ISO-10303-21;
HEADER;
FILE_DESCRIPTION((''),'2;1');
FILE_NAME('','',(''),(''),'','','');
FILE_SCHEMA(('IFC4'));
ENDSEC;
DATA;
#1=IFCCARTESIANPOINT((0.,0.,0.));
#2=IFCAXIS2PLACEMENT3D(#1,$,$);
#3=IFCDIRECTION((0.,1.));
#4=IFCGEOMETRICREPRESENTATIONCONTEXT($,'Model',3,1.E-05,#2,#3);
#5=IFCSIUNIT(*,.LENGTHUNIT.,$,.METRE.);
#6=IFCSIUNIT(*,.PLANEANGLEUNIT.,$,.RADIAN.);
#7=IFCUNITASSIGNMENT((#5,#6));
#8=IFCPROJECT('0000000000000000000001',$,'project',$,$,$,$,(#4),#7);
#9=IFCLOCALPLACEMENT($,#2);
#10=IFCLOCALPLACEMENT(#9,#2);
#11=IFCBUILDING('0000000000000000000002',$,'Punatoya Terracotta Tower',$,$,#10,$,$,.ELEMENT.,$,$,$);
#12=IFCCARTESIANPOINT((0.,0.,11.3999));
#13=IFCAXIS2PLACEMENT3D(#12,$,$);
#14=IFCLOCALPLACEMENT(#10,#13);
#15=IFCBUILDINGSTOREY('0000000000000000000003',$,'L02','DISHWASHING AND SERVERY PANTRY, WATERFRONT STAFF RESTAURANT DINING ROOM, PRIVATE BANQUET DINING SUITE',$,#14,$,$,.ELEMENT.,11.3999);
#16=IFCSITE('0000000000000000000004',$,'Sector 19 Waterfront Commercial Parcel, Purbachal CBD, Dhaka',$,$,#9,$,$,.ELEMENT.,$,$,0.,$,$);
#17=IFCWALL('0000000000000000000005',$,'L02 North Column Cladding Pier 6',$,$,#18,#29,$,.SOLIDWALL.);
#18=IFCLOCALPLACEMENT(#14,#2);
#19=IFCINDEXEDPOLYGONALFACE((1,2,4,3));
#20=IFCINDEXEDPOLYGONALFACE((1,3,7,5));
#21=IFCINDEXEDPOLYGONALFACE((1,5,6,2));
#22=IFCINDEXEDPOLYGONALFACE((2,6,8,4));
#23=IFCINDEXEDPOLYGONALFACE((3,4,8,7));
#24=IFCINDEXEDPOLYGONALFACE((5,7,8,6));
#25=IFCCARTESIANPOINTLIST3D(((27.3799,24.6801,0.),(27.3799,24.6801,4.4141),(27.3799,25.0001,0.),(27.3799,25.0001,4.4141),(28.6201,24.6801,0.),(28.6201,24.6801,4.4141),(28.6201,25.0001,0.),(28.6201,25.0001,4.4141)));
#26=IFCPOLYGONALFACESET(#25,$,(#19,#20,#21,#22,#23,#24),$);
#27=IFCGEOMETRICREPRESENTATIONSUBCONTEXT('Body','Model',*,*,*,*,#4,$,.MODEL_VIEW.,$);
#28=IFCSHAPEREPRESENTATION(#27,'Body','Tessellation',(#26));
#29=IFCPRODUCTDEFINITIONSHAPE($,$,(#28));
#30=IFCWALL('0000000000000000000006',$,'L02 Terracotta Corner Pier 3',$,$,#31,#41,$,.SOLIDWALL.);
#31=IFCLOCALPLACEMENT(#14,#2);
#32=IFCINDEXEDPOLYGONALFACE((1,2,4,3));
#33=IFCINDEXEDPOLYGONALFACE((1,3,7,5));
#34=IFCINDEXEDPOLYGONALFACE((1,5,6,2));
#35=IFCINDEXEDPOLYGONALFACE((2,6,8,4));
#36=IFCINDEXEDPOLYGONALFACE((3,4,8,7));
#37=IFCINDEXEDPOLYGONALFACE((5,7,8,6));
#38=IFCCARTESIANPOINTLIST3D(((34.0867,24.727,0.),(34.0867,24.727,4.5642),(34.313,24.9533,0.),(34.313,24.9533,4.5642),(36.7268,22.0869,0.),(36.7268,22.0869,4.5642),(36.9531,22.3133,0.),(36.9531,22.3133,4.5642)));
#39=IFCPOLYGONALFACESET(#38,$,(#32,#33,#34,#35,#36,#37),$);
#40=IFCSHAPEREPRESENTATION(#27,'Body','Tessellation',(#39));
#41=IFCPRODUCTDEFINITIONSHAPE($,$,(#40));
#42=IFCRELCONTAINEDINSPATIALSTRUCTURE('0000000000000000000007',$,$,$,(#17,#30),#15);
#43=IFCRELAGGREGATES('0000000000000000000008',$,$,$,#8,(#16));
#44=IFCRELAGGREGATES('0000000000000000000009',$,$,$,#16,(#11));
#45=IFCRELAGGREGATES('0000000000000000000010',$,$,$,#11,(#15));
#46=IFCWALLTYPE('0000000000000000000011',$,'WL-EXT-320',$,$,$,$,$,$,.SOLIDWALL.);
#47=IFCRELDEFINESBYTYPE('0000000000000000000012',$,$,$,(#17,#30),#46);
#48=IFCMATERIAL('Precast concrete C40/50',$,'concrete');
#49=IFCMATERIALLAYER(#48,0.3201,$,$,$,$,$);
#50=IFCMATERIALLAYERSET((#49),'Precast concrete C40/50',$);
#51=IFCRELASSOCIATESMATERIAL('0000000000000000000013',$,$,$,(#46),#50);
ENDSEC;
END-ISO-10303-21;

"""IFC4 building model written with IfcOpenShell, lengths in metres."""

from ifc_helpers import new_model, si_unit, direction, frame, frame_2d, origin, place, context, subcontext, project, spatial, rectangle, extrude, material, layer, layer_set, type_object, element, save


model = new_model("IFC4")

# Units and contexts
model_context = context("Model", 3, precision=1e-05, world=origin(), true_north=direction((0.0, 1.0)))
body_context = subcontext(model_context, "Body", "Model", "MODEL_VIEW")
ifc_project = project(units=[si_unit("LENGTHUNIT", "METRE"), si_unit("PLANEANGLEUNIT", "RADIAN")], contexts=[model_context])

# Site, building, storey
site_placement = place(None, origin())
site = spatial("IfcSite", under=ifc_project, at=site_placement, Name="Sector 19 Waterfront Commercial Parcel, Purbachal CBD, Dhaka", CompositionType="ELEMENT", RefElevation=0.0)
building_placement = place(site_placement, origin())
building = spatial("IfcBuilding", under=site, at=building_placement, Name="Punatoya Terracotta Tower", CompositionType="ELEMENT")
storey_placement = place(building_placement, frame((0.0, 0.0, 11.3999)))
storey = spatial("IfcBuildingStorey", under=building, at=storey_placement, Name="L02", Description="DISHWASHING AND SERVERY PANTRY, WATERFRONT STAFF RESTAURANT DINING ROOM, PRIVATE BANQUET DINING SUITE", CompositionType="ELEMENT", Elevation=11.3999)

# Walls
ifc_material_1 = material(Name="Precast concrete C40/50", Category="concrete")
ifc_layer_1 = layer(ifc_material_1, 0.3201)
ifc_layer_set_1 = layer_set([ifc_layer_1], Name="Precast concrete C40/50")
wall_type = type_object("IfcWallType", Name="WL-EXT-320", PredefinedType="SOLIDWALL", material=ifc_layer_set_1)
wall_1_placement = place(storey_placement, frame((28.6201, 24.8401, 0.0), z_axis=(0.0, 0.0, 1.0), x_axis=(-1.0, 0.0, 0.0)))
element("IfcWall", 1, at=wall_1_placement, inside=storey, type_object=wall_type, Name="L02 North Column Cladding Pier 6", PredefinedType="SOLIDWALL", context=body_context, shape_type="SweptSolid", body=[
    extrude(rectangle(XDim=1.2402, YDim=0.3201, at=frame_2d((0.6201, 0.0))), origin(), (0.0, 0.0, 1.0), 4.4141),
])
wall_2_placement = place(storey_placement, frame((34.2, 24.8401, 0.0), z_axis=(0.0, 0.0, 1.0), x_axis=(0.707107, -0.707107, 0.0)))
element("IfcWall", 2, at=wall_2_placement, inside=storey, type_object=wall_type, Name="L02 Terracotta Corner Pier 3", PredefinedType="SOLIDWALL", context=body_context, shape_type="SweptSolid", body=[
    extrude(rectangle(XDim=3.7336, YDim=0.3201, at=frame_2d((1.8667, 0.0))), origin(), (0.0, 0.0, 1.0), 4.5642),
])

save(model, "model.ifc")
